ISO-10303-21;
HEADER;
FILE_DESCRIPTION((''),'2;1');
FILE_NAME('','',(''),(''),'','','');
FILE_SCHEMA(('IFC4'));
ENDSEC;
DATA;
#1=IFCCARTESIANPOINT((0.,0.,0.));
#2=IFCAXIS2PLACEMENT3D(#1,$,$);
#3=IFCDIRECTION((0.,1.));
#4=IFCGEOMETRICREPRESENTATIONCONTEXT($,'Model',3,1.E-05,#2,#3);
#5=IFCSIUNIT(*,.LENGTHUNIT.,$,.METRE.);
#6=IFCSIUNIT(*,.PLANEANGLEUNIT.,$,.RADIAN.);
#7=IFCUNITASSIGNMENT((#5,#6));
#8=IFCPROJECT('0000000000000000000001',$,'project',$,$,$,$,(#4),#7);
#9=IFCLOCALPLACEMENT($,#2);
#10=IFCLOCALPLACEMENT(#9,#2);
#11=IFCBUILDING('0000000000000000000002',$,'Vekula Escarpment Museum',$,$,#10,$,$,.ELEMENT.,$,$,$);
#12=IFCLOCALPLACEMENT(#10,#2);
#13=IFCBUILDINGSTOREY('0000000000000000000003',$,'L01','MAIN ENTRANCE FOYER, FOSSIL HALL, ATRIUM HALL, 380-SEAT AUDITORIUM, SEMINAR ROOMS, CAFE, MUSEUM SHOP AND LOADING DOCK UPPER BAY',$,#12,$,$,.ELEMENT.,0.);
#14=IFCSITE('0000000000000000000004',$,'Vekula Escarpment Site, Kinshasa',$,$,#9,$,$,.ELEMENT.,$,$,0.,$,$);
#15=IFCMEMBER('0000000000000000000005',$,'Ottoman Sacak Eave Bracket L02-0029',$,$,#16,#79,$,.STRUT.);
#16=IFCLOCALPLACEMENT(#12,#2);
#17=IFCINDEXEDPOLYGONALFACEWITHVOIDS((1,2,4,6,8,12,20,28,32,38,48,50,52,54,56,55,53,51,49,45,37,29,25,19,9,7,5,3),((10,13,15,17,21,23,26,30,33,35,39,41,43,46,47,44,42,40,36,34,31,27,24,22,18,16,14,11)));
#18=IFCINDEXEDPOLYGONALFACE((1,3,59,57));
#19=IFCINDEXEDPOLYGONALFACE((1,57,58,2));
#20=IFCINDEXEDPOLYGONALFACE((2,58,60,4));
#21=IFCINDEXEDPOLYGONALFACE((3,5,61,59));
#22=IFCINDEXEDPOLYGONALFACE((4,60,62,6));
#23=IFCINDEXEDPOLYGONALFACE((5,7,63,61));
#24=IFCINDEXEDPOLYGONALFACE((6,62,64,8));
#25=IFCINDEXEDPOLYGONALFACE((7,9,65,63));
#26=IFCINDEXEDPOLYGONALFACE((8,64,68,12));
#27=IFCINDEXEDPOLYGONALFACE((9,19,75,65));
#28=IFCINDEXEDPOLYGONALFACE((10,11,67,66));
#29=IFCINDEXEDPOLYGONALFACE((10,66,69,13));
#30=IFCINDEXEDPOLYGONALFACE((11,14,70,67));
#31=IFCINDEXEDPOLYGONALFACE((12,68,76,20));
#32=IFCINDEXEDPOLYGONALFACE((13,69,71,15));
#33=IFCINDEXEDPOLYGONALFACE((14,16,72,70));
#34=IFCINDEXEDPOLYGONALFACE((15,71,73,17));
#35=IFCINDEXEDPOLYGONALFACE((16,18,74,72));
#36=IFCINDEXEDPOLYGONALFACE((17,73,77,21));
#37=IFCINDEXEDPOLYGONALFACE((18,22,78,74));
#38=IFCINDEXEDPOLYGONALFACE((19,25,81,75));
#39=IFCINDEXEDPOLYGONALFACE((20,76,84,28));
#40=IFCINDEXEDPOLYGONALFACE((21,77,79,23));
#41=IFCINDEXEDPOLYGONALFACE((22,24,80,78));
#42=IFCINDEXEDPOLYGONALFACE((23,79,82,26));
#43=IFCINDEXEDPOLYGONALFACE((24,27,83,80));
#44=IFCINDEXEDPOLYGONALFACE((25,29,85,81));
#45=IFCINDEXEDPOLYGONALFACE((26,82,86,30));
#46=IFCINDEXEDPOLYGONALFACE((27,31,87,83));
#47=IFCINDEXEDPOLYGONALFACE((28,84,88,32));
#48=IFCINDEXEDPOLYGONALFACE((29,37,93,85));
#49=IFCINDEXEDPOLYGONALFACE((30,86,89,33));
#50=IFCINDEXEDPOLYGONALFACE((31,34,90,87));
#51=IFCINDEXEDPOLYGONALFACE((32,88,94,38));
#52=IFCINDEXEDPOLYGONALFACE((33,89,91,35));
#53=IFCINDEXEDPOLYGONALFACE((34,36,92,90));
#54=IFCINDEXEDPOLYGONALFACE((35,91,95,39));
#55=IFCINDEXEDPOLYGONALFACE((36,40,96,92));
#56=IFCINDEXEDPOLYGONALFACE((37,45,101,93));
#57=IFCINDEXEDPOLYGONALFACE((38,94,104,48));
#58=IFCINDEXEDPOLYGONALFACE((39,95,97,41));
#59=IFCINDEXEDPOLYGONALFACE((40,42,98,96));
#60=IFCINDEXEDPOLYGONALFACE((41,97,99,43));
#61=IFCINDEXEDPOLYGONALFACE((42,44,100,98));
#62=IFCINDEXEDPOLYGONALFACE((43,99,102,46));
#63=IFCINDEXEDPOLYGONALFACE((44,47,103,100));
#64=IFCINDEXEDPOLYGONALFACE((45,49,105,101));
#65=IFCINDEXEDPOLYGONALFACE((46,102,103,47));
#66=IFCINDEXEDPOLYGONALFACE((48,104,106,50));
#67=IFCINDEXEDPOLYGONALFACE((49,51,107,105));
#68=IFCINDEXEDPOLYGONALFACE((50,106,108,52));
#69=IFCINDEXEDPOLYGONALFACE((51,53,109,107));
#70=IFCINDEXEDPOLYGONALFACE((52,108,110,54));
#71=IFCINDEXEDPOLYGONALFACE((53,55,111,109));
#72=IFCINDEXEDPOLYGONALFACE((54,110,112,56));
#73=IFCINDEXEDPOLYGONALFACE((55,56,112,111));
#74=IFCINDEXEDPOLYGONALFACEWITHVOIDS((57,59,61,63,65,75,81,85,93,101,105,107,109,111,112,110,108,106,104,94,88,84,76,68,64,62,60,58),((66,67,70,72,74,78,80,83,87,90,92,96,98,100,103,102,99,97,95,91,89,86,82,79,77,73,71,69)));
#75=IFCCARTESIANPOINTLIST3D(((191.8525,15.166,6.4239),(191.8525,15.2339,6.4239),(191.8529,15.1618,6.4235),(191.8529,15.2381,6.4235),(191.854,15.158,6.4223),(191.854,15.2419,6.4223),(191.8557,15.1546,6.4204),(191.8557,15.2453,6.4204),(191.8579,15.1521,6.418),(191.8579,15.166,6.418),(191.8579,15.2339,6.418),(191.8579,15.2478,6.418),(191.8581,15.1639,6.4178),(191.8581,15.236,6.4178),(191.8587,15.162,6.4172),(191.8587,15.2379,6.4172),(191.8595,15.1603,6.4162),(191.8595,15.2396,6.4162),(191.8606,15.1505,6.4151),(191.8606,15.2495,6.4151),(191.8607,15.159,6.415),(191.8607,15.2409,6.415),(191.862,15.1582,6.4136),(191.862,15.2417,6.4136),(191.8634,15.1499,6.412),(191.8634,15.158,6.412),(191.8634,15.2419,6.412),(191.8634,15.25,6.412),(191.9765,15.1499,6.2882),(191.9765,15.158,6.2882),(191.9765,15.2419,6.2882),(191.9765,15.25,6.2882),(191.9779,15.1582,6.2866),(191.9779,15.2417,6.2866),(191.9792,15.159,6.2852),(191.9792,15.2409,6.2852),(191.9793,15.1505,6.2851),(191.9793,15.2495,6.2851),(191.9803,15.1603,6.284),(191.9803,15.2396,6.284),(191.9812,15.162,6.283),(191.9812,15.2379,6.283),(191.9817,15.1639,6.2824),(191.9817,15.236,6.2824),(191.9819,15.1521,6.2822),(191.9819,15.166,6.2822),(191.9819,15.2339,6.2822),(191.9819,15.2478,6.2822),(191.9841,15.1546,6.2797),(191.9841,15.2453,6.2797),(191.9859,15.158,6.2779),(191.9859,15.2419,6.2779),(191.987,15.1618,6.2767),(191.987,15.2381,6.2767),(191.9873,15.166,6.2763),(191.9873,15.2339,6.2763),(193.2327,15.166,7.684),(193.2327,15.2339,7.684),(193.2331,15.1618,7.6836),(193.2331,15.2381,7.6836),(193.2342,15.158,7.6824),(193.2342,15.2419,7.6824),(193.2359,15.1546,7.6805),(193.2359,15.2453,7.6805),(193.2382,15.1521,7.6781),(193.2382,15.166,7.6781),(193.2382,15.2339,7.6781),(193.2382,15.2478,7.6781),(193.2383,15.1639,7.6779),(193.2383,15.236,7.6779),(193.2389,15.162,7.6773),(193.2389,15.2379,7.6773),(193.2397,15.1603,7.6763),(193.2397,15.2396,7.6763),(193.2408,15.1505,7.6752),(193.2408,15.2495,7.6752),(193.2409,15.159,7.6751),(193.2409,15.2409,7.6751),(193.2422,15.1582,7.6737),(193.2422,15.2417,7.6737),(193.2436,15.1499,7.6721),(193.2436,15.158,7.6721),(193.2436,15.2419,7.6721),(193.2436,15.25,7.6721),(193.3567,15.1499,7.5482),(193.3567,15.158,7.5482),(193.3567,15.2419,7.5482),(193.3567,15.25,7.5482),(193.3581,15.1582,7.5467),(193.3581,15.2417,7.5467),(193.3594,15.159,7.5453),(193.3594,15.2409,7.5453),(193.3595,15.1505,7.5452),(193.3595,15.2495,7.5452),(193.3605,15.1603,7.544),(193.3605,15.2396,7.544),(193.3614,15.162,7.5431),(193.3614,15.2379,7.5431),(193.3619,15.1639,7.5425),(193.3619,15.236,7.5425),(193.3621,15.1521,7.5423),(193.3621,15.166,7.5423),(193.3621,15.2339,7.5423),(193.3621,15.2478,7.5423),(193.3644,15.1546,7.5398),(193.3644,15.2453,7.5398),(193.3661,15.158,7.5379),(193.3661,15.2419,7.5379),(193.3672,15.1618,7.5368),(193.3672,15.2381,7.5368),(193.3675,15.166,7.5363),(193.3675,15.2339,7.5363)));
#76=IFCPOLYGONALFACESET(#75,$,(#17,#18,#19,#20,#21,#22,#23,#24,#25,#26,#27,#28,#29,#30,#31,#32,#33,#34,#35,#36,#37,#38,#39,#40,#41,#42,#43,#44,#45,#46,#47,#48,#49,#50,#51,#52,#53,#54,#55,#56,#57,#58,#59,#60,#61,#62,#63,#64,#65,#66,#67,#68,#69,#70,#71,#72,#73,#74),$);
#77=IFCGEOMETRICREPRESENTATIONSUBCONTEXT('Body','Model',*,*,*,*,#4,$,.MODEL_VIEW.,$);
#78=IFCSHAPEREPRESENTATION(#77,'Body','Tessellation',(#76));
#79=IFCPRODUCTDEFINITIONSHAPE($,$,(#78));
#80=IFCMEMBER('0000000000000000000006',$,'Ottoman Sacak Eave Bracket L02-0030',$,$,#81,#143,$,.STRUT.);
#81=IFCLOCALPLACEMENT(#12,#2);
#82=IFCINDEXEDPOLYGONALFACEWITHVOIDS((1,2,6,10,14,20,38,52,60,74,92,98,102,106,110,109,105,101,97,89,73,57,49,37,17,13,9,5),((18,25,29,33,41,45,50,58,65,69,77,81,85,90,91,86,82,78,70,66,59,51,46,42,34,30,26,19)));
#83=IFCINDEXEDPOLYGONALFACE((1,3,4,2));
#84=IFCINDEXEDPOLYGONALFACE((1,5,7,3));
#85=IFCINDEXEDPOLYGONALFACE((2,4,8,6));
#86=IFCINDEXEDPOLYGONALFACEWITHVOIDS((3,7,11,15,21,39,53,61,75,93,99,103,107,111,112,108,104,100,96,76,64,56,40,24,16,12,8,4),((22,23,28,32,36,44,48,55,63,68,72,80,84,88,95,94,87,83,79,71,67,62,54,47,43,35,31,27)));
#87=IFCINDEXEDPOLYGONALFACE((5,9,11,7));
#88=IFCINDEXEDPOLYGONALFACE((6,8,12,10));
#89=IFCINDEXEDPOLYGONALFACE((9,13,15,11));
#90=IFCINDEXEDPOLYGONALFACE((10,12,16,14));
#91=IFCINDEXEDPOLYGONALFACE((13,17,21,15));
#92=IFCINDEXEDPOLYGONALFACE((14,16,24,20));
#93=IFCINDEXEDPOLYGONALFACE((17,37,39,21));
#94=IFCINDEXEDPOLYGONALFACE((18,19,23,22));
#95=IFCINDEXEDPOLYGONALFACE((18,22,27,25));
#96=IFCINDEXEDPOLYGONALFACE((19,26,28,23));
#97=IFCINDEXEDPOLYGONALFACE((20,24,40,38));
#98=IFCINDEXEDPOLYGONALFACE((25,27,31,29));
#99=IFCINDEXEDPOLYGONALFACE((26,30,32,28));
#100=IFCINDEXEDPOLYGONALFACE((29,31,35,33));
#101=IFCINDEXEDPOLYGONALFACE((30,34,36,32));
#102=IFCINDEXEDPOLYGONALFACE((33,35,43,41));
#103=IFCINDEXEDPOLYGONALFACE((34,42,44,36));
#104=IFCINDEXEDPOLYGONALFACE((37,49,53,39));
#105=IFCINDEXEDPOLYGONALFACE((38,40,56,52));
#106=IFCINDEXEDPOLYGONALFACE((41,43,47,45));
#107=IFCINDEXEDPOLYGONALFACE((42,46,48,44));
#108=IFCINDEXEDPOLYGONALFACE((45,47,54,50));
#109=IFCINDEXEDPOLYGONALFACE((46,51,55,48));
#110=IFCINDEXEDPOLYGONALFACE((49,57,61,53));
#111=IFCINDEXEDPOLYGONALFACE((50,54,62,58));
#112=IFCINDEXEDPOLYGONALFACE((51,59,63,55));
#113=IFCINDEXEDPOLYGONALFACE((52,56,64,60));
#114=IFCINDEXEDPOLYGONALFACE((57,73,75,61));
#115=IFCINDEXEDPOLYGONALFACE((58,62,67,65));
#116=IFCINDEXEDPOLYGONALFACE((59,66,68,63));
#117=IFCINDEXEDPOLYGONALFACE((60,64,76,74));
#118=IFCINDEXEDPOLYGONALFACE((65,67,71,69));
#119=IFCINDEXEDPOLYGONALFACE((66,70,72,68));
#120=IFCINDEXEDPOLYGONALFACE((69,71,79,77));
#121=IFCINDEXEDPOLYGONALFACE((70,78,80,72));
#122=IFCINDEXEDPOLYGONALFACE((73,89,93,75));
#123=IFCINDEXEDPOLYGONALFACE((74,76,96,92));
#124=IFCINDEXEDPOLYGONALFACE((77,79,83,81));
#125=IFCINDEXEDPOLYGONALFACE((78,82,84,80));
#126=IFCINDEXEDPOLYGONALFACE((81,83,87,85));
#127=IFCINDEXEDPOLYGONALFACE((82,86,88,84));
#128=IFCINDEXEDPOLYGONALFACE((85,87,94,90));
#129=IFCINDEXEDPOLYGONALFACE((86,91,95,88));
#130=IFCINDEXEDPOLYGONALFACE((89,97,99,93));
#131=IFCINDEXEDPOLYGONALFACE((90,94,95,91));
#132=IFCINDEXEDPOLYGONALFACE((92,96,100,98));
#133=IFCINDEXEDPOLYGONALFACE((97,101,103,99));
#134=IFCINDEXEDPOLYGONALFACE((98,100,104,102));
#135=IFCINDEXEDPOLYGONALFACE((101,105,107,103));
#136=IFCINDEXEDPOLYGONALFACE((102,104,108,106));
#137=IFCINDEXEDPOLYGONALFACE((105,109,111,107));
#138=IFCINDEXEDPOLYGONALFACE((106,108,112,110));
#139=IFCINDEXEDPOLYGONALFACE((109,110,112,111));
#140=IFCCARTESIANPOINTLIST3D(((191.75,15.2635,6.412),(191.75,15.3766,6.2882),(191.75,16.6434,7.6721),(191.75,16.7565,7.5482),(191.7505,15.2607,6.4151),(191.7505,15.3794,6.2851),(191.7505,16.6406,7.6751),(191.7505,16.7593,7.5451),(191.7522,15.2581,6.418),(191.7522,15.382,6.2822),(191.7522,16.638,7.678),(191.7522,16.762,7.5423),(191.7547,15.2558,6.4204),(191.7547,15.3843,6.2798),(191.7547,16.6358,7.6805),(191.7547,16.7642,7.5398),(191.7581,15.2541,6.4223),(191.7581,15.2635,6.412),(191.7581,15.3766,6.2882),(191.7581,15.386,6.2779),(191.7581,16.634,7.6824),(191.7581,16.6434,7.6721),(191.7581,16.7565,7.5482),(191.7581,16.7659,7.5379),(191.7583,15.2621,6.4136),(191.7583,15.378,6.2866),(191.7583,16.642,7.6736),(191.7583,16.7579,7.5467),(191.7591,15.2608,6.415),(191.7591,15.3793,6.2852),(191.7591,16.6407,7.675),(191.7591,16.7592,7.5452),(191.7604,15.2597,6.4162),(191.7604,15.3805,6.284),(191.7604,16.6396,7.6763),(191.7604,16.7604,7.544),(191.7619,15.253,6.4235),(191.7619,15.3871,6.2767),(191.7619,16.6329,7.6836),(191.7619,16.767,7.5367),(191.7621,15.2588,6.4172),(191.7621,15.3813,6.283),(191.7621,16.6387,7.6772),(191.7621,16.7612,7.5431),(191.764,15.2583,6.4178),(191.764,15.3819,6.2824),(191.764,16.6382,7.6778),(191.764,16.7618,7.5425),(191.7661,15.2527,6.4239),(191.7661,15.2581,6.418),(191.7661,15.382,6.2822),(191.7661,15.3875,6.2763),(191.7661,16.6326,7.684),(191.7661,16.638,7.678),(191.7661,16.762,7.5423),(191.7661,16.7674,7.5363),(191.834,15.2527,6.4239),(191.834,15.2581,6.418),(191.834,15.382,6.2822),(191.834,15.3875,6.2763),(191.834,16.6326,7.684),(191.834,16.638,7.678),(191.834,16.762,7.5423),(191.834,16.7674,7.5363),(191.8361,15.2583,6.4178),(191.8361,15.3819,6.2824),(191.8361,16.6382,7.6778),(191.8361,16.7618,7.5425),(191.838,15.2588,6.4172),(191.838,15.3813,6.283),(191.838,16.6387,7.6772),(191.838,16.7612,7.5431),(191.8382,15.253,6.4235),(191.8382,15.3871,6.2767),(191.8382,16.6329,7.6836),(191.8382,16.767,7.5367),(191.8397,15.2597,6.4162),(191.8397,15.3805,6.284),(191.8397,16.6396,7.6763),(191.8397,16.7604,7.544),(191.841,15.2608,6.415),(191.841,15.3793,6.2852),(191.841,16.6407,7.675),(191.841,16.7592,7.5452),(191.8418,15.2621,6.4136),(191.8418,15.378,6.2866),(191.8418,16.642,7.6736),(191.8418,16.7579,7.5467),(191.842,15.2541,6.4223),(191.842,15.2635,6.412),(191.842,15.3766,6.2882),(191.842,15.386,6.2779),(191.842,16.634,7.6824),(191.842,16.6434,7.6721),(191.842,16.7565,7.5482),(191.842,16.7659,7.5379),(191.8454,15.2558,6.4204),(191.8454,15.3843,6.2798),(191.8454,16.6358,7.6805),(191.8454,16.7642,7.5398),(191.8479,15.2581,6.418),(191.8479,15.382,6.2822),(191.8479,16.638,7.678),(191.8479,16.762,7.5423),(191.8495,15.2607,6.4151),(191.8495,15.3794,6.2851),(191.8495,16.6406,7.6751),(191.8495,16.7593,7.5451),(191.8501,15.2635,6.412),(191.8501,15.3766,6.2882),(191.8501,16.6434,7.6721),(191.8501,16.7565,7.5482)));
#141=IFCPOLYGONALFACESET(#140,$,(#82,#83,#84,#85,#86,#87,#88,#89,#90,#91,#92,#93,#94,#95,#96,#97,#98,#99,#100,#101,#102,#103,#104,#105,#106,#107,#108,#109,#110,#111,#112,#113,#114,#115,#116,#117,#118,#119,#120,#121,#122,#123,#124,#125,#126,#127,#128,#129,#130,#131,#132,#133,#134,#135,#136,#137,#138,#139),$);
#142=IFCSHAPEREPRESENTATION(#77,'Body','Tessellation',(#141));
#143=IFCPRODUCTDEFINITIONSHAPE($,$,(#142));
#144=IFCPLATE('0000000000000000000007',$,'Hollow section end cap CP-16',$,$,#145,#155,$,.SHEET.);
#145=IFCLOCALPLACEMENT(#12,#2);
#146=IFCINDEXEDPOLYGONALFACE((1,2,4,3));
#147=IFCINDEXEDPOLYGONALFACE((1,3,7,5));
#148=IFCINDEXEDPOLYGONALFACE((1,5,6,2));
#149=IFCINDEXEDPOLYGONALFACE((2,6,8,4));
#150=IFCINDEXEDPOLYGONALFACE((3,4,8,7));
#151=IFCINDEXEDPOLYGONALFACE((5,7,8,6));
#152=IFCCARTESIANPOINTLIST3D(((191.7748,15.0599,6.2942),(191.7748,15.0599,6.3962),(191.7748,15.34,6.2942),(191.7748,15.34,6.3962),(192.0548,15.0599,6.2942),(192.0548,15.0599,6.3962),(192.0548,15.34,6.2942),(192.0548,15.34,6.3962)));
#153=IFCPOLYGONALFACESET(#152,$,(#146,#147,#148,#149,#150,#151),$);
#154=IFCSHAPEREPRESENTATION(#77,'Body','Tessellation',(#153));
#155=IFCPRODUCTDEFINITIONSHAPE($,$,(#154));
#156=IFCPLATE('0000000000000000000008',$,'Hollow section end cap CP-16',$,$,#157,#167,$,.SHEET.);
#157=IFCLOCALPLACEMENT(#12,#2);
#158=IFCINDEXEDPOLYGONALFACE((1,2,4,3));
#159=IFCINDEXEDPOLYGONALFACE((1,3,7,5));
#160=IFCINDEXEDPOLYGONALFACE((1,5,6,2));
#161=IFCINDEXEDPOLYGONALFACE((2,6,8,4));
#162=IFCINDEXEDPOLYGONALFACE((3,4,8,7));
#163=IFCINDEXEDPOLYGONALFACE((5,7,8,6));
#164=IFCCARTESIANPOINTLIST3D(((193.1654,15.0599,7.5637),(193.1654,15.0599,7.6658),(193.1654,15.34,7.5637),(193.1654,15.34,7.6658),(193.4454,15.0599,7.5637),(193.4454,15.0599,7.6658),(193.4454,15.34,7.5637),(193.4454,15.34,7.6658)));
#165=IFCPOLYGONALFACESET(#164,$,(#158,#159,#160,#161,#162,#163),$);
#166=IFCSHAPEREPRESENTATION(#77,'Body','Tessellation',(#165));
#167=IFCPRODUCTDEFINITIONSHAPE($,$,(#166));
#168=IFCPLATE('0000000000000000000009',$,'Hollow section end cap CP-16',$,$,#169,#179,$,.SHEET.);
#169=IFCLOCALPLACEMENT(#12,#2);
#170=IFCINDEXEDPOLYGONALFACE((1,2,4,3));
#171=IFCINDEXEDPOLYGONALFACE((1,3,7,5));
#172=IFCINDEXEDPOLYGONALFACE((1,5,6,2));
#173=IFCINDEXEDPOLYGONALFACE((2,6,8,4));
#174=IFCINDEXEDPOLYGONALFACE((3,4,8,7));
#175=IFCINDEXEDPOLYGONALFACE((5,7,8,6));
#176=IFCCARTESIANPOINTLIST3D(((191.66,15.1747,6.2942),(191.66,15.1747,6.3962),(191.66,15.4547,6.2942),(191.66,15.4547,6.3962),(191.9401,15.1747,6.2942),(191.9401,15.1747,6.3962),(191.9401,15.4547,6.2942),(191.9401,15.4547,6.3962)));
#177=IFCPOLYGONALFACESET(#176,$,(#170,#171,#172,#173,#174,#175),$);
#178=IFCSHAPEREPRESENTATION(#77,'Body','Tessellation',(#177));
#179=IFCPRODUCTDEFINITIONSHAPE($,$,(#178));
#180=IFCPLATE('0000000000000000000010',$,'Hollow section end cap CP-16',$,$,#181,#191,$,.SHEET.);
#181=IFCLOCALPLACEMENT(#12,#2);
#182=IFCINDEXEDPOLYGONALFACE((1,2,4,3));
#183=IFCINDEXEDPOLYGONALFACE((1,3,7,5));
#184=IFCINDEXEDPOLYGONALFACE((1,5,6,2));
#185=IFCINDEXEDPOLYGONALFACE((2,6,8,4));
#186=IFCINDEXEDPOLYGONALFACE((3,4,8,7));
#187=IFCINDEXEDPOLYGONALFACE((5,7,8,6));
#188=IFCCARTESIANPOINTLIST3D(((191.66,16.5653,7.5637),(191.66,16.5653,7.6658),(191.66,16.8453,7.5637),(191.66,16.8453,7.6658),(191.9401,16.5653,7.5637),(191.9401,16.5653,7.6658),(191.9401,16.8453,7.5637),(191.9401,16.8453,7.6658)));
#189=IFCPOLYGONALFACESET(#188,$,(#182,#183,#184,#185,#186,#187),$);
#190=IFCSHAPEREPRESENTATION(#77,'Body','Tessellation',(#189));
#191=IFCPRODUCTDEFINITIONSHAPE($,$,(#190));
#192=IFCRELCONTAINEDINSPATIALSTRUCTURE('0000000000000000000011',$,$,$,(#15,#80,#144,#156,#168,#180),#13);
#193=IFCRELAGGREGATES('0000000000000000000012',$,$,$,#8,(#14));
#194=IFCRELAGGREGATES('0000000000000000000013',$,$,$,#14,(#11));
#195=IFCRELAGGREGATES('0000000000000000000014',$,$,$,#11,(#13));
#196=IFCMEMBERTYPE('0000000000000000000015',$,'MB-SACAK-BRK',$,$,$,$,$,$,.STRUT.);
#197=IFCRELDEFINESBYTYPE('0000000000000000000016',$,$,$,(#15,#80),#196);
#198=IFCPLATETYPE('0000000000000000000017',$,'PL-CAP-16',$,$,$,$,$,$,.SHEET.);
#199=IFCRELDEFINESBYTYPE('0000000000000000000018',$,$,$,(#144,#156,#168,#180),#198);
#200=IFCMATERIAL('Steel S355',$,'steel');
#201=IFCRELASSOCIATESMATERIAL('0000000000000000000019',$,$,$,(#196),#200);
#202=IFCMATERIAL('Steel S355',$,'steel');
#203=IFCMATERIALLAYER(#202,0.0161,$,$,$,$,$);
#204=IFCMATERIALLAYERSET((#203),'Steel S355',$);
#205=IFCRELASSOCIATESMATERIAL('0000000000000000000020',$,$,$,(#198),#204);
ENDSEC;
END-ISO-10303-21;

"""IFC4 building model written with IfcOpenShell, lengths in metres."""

from ifc_helpers import new_model, si_unit, direction, frame, origin, origin_2d, place, context, subcontext, project, spatial, rectangle, hollow_rectangle, extrude, material, layer, layer_set, material_profile, profile_set, type_object, element, save


model = new_model("IFC4")

# Units and contexts
model_context = context("Model", 3, precision=1e-05, world=origin(), true_north=direction((0.0, 1.0)))
body_context = subcontext(model_context, "Body", "Model", "MODEL_VIEW")
ifc_project = project(units=[si_unit("LENGTHUNIT", "METRE"), si_unit("PLANEANGLEUNIT", "RADIAN")], contexts=[model_context])

# Site, building, storey
site_placement = place(None, origin())
site = spatial("IfcSite", under=ifc_project, at=site_placement, Name="Vekula Escarpment Site, Kinshasa", CompositionType="ELEMENT", RefElevation=0.0)
building_placement = place(site_placement, origin())
building = spatial("IfcBuilding", under=site, at=building_placement, Name="Vekula Escarpment Museum", CompositionType="ELEMENT")
storey_placement = place(building_placement, origin())
storey = spatial("IfcBuildingStorey", under=building, at=storey_placement, Name="L01", Description="MAIN ENTRANCE FOYER, FOSSIL HALL, ATRIUM HALL, 380-SEAT AUDITORIUM, SEMINAR ROOMS, CAFE, MUSEUM SHOP AND LOADING DOCK UPPER BAY", CompositionType="ELEMENT", Elevation=0.0)

# Members
ifc_material_1 = material(Name="Steel S355", Category="steel")
ifc_material_profile_1 = material_profile(ifc_material_1, hollow_rectangle(XDim=0.1001, YDim=0.2, WallThickness=0.0081, InnerFilletRadius=0.0081, OuterFilletRadius=0.0161, at=origin_2d()), Name="RHS 200x100x8")
ifc_profile_set_1 = profile_set([ifc_material_profile_1], Name="Steel S355")
member_type_1 = type_object("IfcMemberType", Name="MB-SACAK-BRK", PredefinedType="STRUT", material=ifc_profile_set_1)
member_1_placement = place(storey_placement, frame((191.9199, 15.2, 6.3501), z_axis=(0.738514, 0.0, 0.674238), x_axis=(0.0, 1.0, 0.0)))
element("IfcMember", 1, at=member_1_placement, inside=storey, type_object=member_type_1, Name="Ottoman Sacak Eave Bracket L02-0029", PredefinedType="STRUT", context=body_context, shape_type="SweptSolid", body=[
    extrude(hollow_rectangle(XDim=0.1001, YDim=0.2, WallThickness=0.0081, InnerFilletRadius=0.0081, OuterFilletRadius=0.0161, at=origin_2d()), origin(), (0.0, 0.0, 1.0), 1.8689),
])
member_2_placement = place(storey_placement, frame((191.8, 15.3201, 6.3501), z_axis=(0.0, 0.738454, 0.674303), x_axis=(-1.0, 0.0, 0.0)))
element("IfcMember", 2, at=member_2_placement, inside=storey, type_object=member_type_1, Name="Ottoman Sacak Eave Bracket L02-0030", PredefinedType="STRUT", context=body_context, shape_type="SweptSolid", body=[
    extrude(hollow_rectangle(XDim=0.1001, YDim=0.2, WallThickness=0.0081, InnerFilletRadius=0.0081, OuterFilletRadius=0.0161, at=origin_2d()), origin(), (0.0, 0.0, 1.0), 1.8687),
])

# Plates
ifc_material_2 = material(Name="Steel S355", Category="steel")
ifc_layer_1 = layer(ifc_material_2, 0.0161)
ifc_layer_set_1 = layer_set([ifc_layer_1], Name="Steel S355")
plate_type = type_object("IfcPlateType", Name="PL-CAP-16", PredefinedType="SHEET", material=ifc_layer_set_1)
for number, where, z_axis, x_axis, name in (
    (3, (191.9148, 15.2, 6.2942), (0.0, 0.0, 1.0), (1.0, 0.0, 0.0), "Hollow section end cap CP-16"),
    (4, (193.3054, 15.2, 7.5637), (0.0, 0.0, 1.0), (1.0, 0.0, 0.0), "Hollow section end cap CP-16"),
    (5, (191.8, 15.3147, 6.2942), (0.0, 0.0, 1.0), (1.0, 0.0, 0.0), "Hollow section end cap CP-16"),
    (6, (191.8, 16.7053, 7.5637), (0.0, 0.0, 1.0), (1.0, 0.0, 0.0), "Hollow section end cap CP-16"),
):
    element("IfcPlate", number, at=place(storey_placement, frame(where, z_axis=z_axis, x_axis=x_axis)), inside=storey, type_object=plate_type, Name=name, PredefinedType="SHEET", context=body_context, shape_type="SweptSolid", body=[
        extrude(rectangle(XDim=0.28, YDim=0.28, at=origin_2d()), origin(), (0.0, 0.0, 1.0), 0.1021),
    ])

save(model, "model.ifc")
